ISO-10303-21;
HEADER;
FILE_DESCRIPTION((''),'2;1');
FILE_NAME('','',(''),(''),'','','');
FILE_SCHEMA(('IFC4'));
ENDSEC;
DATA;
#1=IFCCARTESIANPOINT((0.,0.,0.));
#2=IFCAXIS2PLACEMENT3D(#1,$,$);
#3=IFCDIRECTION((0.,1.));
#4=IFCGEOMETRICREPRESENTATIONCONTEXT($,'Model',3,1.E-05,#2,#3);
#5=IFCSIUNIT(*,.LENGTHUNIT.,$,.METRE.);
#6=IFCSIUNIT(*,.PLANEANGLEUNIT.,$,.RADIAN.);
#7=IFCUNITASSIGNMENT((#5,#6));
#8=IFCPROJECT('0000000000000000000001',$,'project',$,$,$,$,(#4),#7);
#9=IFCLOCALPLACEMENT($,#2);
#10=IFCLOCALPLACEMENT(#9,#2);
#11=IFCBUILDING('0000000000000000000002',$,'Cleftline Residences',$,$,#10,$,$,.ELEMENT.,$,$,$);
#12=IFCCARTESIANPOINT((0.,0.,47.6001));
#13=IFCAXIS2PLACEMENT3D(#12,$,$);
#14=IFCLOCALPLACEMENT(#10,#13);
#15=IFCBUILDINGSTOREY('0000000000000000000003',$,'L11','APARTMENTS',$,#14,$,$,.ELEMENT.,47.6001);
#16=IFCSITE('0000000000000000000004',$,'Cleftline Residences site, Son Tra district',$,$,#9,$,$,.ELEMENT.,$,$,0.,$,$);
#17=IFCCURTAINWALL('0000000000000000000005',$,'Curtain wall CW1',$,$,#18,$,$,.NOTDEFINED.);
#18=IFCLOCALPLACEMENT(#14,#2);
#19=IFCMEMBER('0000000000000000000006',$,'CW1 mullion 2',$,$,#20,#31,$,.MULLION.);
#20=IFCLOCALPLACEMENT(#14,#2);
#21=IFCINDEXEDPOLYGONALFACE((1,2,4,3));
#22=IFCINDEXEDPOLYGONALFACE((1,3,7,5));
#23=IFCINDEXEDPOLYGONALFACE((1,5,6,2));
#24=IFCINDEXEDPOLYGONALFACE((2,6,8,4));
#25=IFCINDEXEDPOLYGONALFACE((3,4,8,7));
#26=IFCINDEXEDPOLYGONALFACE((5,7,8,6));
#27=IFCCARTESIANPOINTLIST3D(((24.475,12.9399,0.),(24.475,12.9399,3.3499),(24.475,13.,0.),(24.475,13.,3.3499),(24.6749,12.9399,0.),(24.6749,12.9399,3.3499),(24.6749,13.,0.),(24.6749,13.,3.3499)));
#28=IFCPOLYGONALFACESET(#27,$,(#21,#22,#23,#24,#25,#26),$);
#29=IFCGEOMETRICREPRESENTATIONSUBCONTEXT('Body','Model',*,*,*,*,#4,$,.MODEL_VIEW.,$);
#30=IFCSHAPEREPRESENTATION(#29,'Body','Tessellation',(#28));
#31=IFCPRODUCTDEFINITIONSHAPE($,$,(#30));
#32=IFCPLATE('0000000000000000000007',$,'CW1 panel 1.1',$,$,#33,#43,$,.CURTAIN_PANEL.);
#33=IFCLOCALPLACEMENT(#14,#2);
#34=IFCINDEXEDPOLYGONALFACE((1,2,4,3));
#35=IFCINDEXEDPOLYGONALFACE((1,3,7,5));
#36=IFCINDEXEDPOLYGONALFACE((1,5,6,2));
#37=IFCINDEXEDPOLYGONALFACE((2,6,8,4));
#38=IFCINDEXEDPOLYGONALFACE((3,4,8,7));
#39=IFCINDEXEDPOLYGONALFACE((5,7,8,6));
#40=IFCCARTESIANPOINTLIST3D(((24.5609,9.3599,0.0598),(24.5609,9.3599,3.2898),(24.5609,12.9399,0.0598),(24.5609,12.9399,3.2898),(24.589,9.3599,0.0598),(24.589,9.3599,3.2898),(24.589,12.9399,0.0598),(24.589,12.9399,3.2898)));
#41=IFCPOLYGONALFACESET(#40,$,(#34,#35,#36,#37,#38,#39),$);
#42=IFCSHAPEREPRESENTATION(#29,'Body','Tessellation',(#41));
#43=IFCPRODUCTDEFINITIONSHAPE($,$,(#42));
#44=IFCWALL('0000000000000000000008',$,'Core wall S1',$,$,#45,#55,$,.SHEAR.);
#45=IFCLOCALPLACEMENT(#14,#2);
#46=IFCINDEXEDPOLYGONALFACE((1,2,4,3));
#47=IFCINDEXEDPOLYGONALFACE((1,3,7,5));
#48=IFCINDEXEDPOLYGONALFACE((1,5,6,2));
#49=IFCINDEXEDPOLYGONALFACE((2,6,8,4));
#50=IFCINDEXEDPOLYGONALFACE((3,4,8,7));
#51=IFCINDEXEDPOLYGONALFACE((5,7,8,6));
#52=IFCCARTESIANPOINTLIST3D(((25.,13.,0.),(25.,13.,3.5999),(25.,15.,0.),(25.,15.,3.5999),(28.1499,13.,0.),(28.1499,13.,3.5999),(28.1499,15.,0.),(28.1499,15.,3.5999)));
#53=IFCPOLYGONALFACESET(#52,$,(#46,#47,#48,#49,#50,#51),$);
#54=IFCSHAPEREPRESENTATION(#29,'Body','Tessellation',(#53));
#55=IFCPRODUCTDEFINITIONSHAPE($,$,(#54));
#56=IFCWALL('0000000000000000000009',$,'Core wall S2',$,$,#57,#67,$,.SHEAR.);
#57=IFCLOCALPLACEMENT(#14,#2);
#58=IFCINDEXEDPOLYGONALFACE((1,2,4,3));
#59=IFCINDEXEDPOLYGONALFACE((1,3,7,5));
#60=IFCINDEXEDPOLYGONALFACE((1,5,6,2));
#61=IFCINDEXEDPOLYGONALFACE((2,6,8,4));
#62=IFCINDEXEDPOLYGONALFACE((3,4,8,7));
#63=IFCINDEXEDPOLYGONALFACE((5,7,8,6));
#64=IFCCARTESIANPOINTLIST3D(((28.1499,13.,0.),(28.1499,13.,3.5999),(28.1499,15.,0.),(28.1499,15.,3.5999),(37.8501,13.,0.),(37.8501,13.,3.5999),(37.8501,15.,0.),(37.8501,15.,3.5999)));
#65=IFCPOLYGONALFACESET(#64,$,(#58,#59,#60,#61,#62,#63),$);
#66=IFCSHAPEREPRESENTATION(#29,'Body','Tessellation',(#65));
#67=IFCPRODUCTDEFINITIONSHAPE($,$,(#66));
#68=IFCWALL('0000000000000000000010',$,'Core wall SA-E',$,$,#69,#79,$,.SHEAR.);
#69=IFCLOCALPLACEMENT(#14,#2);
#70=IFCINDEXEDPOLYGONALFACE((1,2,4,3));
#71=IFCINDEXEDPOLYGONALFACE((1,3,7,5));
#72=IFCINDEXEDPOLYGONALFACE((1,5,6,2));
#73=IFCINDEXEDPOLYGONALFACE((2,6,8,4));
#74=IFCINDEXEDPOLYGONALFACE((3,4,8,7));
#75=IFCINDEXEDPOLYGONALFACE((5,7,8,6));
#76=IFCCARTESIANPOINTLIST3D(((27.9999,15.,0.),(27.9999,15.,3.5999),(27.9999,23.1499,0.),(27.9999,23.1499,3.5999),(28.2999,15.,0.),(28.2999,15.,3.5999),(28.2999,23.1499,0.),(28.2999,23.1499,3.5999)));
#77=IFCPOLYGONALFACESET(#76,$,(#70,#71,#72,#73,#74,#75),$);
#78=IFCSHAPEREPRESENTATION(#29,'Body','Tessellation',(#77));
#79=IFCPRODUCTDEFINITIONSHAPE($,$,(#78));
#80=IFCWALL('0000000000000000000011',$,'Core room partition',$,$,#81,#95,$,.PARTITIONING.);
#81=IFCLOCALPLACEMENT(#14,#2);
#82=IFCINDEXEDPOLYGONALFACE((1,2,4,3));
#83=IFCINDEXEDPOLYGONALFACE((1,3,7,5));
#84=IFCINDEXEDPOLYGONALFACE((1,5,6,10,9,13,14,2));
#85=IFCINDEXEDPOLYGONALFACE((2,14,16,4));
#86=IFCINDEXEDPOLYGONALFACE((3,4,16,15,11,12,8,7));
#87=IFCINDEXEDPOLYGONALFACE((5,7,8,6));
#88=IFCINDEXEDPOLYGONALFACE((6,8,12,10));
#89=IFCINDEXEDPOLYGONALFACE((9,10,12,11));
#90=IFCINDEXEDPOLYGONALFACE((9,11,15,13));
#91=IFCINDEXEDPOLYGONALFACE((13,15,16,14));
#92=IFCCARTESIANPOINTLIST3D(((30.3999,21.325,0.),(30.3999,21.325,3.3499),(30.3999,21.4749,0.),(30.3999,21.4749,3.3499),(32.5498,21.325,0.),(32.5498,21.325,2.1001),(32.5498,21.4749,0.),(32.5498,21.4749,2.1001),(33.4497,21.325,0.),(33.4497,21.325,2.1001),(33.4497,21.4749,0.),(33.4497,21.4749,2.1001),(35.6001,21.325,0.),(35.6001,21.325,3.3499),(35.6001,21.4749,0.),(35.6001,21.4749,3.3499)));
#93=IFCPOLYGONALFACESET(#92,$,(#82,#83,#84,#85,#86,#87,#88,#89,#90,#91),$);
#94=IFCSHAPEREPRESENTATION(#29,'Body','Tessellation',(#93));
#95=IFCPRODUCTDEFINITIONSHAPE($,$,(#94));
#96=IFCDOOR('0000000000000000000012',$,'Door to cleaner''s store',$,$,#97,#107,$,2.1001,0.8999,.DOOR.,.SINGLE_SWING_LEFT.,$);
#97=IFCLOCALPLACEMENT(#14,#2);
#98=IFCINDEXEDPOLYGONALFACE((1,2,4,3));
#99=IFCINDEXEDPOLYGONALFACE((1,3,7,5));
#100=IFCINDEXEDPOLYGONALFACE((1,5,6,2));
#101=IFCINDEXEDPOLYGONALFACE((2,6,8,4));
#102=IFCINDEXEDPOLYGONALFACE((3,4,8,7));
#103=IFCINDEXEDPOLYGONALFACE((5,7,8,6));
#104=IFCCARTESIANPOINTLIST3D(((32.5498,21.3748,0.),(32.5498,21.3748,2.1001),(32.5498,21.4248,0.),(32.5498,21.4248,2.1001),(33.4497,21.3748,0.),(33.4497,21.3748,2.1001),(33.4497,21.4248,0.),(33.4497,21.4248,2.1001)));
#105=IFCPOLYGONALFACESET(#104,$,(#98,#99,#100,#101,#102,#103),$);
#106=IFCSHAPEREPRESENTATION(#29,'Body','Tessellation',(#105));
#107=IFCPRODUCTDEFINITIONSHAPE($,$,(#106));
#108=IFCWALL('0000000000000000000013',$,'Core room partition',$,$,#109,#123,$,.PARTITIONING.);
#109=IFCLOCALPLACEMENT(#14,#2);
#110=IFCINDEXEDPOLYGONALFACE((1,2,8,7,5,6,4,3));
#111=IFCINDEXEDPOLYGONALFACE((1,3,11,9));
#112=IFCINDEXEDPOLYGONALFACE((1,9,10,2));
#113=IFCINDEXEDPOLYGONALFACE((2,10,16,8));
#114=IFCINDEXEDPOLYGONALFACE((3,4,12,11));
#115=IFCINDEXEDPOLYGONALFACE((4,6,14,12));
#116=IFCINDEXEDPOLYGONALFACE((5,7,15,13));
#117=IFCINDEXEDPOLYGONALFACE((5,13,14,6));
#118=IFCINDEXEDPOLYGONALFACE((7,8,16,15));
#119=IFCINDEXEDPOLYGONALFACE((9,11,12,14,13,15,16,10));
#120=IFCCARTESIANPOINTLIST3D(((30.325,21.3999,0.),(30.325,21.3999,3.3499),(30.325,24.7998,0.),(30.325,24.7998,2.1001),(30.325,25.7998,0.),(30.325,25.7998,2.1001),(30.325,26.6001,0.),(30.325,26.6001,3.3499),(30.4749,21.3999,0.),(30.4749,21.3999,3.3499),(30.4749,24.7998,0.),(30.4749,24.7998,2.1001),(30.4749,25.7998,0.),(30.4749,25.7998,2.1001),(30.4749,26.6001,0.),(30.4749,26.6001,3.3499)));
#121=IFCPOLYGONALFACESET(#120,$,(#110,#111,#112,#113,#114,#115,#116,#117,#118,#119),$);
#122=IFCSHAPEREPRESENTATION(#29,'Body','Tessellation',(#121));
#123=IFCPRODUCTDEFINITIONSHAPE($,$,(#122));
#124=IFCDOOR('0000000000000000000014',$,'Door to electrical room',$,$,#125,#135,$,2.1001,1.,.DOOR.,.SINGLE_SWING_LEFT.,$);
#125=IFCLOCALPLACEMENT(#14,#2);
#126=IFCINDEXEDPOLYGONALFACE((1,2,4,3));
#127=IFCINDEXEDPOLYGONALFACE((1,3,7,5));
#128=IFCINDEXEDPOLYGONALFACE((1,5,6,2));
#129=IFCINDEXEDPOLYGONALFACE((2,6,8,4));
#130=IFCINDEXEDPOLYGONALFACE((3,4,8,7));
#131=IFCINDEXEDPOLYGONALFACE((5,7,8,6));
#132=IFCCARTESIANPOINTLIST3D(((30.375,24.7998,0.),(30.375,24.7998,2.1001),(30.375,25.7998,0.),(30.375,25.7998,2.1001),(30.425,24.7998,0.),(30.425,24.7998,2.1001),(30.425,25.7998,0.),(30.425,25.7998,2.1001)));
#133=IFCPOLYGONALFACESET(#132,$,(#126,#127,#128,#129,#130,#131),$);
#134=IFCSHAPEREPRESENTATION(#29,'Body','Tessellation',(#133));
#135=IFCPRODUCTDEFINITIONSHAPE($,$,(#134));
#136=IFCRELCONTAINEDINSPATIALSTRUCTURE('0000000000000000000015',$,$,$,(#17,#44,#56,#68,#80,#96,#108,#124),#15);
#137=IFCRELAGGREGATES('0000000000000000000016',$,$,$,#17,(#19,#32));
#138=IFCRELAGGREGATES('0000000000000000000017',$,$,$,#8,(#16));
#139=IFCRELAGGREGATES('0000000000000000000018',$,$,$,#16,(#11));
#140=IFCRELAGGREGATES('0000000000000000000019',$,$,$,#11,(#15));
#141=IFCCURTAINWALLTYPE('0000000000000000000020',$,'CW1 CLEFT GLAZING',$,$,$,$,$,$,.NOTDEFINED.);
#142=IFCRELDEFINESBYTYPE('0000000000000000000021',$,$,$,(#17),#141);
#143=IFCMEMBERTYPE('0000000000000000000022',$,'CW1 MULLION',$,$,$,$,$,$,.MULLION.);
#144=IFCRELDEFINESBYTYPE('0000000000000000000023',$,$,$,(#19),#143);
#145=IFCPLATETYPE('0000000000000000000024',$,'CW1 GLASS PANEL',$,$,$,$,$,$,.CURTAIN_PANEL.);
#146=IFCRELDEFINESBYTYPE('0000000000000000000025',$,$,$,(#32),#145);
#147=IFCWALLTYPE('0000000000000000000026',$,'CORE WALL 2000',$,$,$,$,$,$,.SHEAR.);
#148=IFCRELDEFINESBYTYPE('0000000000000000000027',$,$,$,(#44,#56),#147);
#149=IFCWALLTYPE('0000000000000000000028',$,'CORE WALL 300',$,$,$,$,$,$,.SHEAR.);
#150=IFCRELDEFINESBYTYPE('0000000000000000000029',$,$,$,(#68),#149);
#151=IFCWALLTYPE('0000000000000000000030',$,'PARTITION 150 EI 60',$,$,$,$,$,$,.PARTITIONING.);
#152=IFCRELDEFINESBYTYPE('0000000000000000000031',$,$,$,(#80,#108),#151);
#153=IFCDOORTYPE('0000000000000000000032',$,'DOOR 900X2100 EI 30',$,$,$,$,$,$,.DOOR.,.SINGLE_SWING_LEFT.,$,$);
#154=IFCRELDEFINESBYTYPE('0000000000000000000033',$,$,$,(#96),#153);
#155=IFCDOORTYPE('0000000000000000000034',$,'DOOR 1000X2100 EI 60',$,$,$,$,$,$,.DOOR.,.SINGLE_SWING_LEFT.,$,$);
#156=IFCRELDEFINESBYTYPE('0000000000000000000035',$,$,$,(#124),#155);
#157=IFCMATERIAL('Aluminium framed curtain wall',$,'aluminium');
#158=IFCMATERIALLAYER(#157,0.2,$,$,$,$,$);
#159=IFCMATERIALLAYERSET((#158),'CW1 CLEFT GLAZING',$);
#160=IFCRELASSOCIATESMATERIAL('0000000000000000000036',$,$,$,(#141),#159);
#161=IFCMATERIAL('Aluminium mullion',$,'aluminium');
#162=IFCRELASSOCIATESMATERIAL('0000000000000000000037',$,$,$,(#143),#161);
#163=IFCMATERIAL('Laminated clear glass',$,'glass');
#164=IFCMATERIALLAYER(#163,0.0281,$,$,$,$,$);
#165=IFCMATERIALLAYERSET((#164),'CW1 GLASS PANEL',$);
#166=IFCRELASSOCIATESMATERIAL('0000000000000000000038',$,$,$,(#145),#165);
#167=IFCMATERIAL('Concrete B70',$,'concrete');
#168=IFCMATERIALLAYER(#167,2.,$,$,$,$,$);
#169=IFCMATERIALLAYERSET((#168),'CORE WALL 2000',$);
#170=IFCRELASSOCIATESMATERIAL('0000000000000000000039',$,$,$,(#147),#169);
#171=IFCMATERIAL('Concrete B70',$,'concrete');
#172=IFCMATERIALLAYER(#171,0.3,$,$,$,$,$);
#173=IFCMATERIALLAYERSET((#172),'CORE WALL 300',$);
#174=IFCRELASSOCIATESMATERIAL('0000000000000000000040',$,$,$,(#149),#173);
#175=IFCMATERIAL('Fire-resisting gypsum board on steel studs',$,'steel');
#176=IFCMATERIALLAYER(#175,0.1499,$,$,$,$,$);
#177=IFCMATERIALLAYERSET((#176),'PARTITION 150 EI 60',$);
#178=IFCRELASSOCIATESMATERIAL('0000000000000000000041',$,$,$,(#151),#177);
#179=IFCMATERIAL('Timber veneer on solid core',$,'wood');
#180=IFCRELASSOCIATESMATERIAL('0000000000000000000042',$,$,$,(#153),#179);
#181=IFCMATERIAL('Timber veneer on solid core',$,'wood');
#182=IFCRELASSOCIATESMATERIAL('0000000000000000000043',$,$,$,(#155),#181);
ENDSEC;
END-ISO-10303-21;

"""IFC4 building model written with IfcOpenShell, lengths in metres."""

from ifc_helpers import new_model, si_unit, direction, frame, frame_2d, origin, origin_2d, place, context, subcontext, project, spatial, rectangle, extrude, material, layer, layer_set, material_profile, profile_set, type_object, element, fill, aggregate, save


model = new_model("IFC4")

# Units and contexts
model_context = context("Model", 3, precision=1e-05, world=origin(), true_north=direction((0.0, 1.0)))
body_context = subcontext(model_context, "Body", "Model", "MODEL_VIEW")
ifc_project = project(units=[si_unit("LENGTHUNIT", "METRE"), si_unit("PLANEANGLEUNIT", "RADIAN")], contexts=[model_context])

# Site, building, storey
site_placement = place(None, origin())
site = spatial("IfcSite", under=ifc_project, at=site_placement, Name="Cleftline Residences site, Son Tra district", CompositionType="ELEMENT", RefElevation=0.0)
building_placement = place(site_placement, origin())
building = spatial("IfcBuilding", under=site, at=building_placement, Name="Cleftline Residences", CompositionType="ELEMENT")
storey_placement = place(building_placement, frame((0.0, 0.0, 47.6001)))
storey = spatial("IfcBuildingStorey", under=building, at=storey_placement, Name="L11", Description="APARTMENTS", CompositionType="ELEMENT", Elevation=47.6001)

# Curtain wall, member, plate
ifc_material_1 = material(Name="Aluminium framed curtain wall", Category="aluminium")
ifc_layer_1 = layer(ifc_material_1, 0.2)
ifc_layer_set_1 = layer_set([ifc_layer_1], Name="CW1 CLEFT GLAZING")
curtain_wall_type = type_object("IfcCurtainWallType", Name="CW1 CLEFT GLAZING", PredefinedType="NOTDEFINED", material=ifc_layer_set_1)
curtain_wall_placement = place(storey_placement, origin())
curtain_wall = element("IfcCurtainWall", 1, at=curtain_wall_placement, inside=storey, type_object=curtain_wall_type, Name="Curtain wall CW1", PredefinedType="NOTDEFINED")
ifc_material_2 = material(Name="Aluminium mullion", Category="aluminium")
ifc_material_profile = material_profile(ifc_material_2, rectangle(XDim=0.2, YDim=0.0601, at=origin_2d()))
ifc_profile_set = profile_set([ifc_material_profile], Name="Aluminium mullion")
member_type = type_object("IfcMemberType", Name="CW1 MULLION", PredefinedType="MULLION", material=ifc_profile_set)
member_placement = place(storey_placement, frame((24.575, 12.97, 0.0), z_axis=(0.0, 0.0, 1.0), x_axis=(-1.0, 0.0, 0.0)))
member = element("IfcMember", 2, at=member_placement, type_object=member_type, Name="CW1 mullion 2", PredefinedType="MULLION", context=body_context, shape_type="SweptSolid", body=[
    extrude(rectangle(XDim=0.2, YDim=0.0601, at=origin_2d()), origin(), (0.0, 0.0, 1.0), 3.3499),
])
ifc_material_3 = material(Name="Laminated clear glass", Category="glass")
ifc_layer_2 = layer(ifc_material_3, 0.0281)
ifc_layer_set_2 = layer_set([ifc_layer_2], Name="CW1 GLASS PANEL")
plate_type = type_object("IfcPlateType", Name="CW1 GLASS PANEL", PredefinedType="CURTAIN_PANEL", material=ifc_layer_set_2)
plate_placement = place(storey_placement, frame((24.575, 11.1499, 0.0598), z_axis=(0.0, 0.0, 1.0), x_axis=(0.0, 1.0, 0.0)))
plate = element("IfcPlate", 3, at=plate_placement, type_object=plate_type, Name="CW1 panel 1.1", PredefinedType="CURTAIN_PANEL", context=body_context, shape_type="SweptSolid", body=[
    extrude(rectangle(XDim=3.5801, YDim=0.0281, at=origin_2d()), origin(), (0.0, 0.0, 1.0), 3.23),
])
aggregate(curtain_wall, [member, plate])

# Walls
ifc_material_4 = material(Name="Concrete B70", Category="concrete")
ifc_layer_3 = layer(ifc_material_4, 2.0)
ifc_layer_set_3 = layer_set([ifc_layer_3], Name="CORE WALL 2000")
wall_type_1 = type_object("IfcWallType", Name="CORE WALL 2000", PredefinedType="SHEAR", material=ifc_layer_set_3)
wall_1_placement = place(storey_placement, frame((25.0, 14.0, 0.0), z_axis=(0.0, 0.0, 1.0), x_axis=(1.0, 0.0, 0.0)))
element("IfcWall", 4, at=wall_1_placement, inside=storey, type_object=wall_type_1, Name="Core wall S1", PredefinedType="SHEAR", context=body_context, shape_type="SweptSolid", body=[
    extrude(rectangle(XDim=3.1499, YDim=2.0, at=frame_2d((1.575, 0.0))), origin(), (0.0, 0.0, 1.0), 3.5999),
])
wall_2_placement = place(storey_placement, frame((28.1499, 14.0, 0.0), z_axis=(0.0, 0.0, 1.0), x_axis=(1.0, 0.0, 0.0)))
element("IfcWall", 5, at=wall_2_placement, inside=storey, type_object=wall_type_1, Name="Core wall S2", PredefinedType="SHEAR", context=body_context, shape_type="SweptSolid", body=[
    extrude(rectangle(XDim=9.7002, YDim=2.0, at=frame_2d((4.8501, 0.0))), origin(), (0.0, 0.0, 1.0), 3.5999),
])
ifc_material_5 = material(Name="Concrete B70", Category="concrete")
ifc_layer_4 = layer(ifc_material_5, 0.3)
ifc_layer_set_4 = layer_set([ifc_layer_4], Name="CORE WALL 300")
wall_type_2 = type_object("IfcWallType", Name="CORE WALL 300", PredefinedType="SHEAR", material=ifc_layer_set_4)
wall_3_placement = place(storey_placement, frame((28.1499, 15.0, 0.0), z_axis=(0.0, 0.0, 1.0), x_axis=(0.0, 1.0, 0.0)))
element("IfcWall", 6, at=wall_3_placement, inside=storey, type_object=wall_type_2, Name="Core wall SA-E", PredefinedType="SHEAR", context=body_context, shape_type="SweptSolid", body=[
    extrude(rectangle(XDim=8.1499, YDim=0.3, at=frame_2d((4.075, 0.0))), origin(), (0.0, 0.0, 1.0), 3.5999),
])

# Walls, openings, doors
ifc_material_6 = material(Name="Fire-resisting gypsum board on steel studs", Category="steel")
ifc_layer_5 = layer(ifc_material_6, 0.1499)
ifc_layer_set_5 = layer_set([ifc_layer_5], Name="PARTITION 150 EI 60")
wall_type_3 = type_object("IfcWallType", Name="PARTITION 150 EI 60", PredefinedType="PARTITIONING", material=ifc_layer_set_5)
wall_4_placement = place(storey_placement, frame((30.3999, 21.3999, 0.0), z_axis=(0.0, 0.0, 1.0), x_axis=(1.0, 0.0, 0.0)))
wall_4 = element("IfcWall", 7, at=wall_4_placement, inside=storey, type_object=wall_type_3, Name="Core room partition", PredefinedType="PARTITIONING", context=body_context, shape_type="SweptSolid", body=[
    extrude(rectangle(XDim=5.2002, YDim=0.1499, at=frame_2d((2.6001, 0.0))), origin(), (0.0, 0.0, 1.0), 3.3499),
])
opening_1_placement = place(wall_4_placement, frame((2.1499, 0.0, 0.0)))
opening_1 = element("IfcOpeningElement", 8, at=opening_1_placement, cuts=wall_4, PredefinedType="OPENING", context=body_context, shape_type="SweptSolid", body=[
    extrude(rectangle(XDim=0.8999, YDim=2.1001, at=frame_2d((0.45, 1.05))), frame((0.0, 0.085, 0.0), z_axis=(0.0, -1.0, 0.0), x_axis=(1.0, 0.0, 0.0)), (0.0, 0.0, 1.0), 0.1699),
])
ifc_material_7 = material(Name="Timber veneer on solid core", Category="wood")
door_type_1 = type_object("IfcDoorType", Name="DOOR 900X2100 EI 30", OperationType="SINGLE_SWING_LEFT", PredefinedType="DOOR", material=ifc_material_7)
door_1_placement = place(opening_1_placement, origin())
door_1 = element("IfcDoor", 9, at=door_1_placement, inside=storey, type_object=door_type_1, Name="Door to cleaner's store", OperationType="SINGLE_SWING_LEFT", OverallHeight=2.1001, OverallWidth=0.8999, PredefinedType="DOOR", context=body_context, shape_type="SweptSolid", body=[
    extrude(rectangle(XDim=0.8999, YDim=2.1001, at=frame_2d((0.45, 1.05))), frame((0.0, 0.0249, 0.0), z_axis=(0.0, -1.0, 0.0), x_axis=(1.0, 0.0, 0.0)), (0.0, 0.0, 1.0), 0.05),
])
fill(opening_1, door_1)
wall_5_placement = place(storey_placement, frame((30.3999, 21.3999, 0.0), z_axis=(0.0, 0.0, 1.0), x_axis=(0.0, 1.0, 0.0)))
wall_5 = element("IfcWall", 10, at=wall_5_placement, inside=storey, type_object=wall_type_3, Name="Core room partition", PredefinedType="PARTITIONING", context=body_context, shape_type="SweptSolid", body=[
    extrude(rectangle(XDim=5.2002, YDim=0.1499, at=frame_2d((2.6001, 0.0))), origin(), (0.0, 0.0, 1.0), 3.3499),
])
opening_2_placement = place(wall_5_placement, frame((3.3999, 0.0, 0.0)))
opening_2 = element("IfcOpeningElement", 11, at=opening_2_placement, cuts=wall_5, PredefinedType="OPENING", context=body_context, shape_type="SweptSolid", body=[
    extrude(rectangle(XDim=1.0, YDim=2.1001, at=frame_2d((0.5, 1.05))), frame((0.0, 0.085, 0.0), z_axis=(0.0, -1.0, 0.0), x_axis=(1.0, 0.0, 0.0)), (0.0, 0.0, 1.0), 0.1699),
])
ifc_material_8 = material(Name="Timber veneer on solid core", Category="wood")
door_type_2 = type_object("IfcDoorType", Name="DOOR 1000X2100 EI 60", OperationType="SINGLE_SWING_LEFT", PredefinedType="DOOR", material=ifc_material_8)
door_2_placement = place(opening_2_placement, origin())
door_2 = element("IfcDoor", 12, at=door_2_placement, inside=storey, type_object=door_type_2, Name="Door to electrical room", OperationType="SINGLE_SWING_LEFT", OverallHeight=2.1001, OverallWidth=1.0, PredefinedType="DOOR", context=body_context, shape_type="SweptSolid", body=[
    extrude(rectangle(XDim=1.0, YDim=2.1001, at=frame_2d((0.5, 1.05))), frame((0.0, 0.0249, 0.0), z_axis=(0.0, -1.0, 0.0), x_axis=(1.0, 0.0, 0.0)), (0.0, 0.0, 1.0), 0.05),
])
fill(opening_2, door_2)

save(model, "model.ifc")
